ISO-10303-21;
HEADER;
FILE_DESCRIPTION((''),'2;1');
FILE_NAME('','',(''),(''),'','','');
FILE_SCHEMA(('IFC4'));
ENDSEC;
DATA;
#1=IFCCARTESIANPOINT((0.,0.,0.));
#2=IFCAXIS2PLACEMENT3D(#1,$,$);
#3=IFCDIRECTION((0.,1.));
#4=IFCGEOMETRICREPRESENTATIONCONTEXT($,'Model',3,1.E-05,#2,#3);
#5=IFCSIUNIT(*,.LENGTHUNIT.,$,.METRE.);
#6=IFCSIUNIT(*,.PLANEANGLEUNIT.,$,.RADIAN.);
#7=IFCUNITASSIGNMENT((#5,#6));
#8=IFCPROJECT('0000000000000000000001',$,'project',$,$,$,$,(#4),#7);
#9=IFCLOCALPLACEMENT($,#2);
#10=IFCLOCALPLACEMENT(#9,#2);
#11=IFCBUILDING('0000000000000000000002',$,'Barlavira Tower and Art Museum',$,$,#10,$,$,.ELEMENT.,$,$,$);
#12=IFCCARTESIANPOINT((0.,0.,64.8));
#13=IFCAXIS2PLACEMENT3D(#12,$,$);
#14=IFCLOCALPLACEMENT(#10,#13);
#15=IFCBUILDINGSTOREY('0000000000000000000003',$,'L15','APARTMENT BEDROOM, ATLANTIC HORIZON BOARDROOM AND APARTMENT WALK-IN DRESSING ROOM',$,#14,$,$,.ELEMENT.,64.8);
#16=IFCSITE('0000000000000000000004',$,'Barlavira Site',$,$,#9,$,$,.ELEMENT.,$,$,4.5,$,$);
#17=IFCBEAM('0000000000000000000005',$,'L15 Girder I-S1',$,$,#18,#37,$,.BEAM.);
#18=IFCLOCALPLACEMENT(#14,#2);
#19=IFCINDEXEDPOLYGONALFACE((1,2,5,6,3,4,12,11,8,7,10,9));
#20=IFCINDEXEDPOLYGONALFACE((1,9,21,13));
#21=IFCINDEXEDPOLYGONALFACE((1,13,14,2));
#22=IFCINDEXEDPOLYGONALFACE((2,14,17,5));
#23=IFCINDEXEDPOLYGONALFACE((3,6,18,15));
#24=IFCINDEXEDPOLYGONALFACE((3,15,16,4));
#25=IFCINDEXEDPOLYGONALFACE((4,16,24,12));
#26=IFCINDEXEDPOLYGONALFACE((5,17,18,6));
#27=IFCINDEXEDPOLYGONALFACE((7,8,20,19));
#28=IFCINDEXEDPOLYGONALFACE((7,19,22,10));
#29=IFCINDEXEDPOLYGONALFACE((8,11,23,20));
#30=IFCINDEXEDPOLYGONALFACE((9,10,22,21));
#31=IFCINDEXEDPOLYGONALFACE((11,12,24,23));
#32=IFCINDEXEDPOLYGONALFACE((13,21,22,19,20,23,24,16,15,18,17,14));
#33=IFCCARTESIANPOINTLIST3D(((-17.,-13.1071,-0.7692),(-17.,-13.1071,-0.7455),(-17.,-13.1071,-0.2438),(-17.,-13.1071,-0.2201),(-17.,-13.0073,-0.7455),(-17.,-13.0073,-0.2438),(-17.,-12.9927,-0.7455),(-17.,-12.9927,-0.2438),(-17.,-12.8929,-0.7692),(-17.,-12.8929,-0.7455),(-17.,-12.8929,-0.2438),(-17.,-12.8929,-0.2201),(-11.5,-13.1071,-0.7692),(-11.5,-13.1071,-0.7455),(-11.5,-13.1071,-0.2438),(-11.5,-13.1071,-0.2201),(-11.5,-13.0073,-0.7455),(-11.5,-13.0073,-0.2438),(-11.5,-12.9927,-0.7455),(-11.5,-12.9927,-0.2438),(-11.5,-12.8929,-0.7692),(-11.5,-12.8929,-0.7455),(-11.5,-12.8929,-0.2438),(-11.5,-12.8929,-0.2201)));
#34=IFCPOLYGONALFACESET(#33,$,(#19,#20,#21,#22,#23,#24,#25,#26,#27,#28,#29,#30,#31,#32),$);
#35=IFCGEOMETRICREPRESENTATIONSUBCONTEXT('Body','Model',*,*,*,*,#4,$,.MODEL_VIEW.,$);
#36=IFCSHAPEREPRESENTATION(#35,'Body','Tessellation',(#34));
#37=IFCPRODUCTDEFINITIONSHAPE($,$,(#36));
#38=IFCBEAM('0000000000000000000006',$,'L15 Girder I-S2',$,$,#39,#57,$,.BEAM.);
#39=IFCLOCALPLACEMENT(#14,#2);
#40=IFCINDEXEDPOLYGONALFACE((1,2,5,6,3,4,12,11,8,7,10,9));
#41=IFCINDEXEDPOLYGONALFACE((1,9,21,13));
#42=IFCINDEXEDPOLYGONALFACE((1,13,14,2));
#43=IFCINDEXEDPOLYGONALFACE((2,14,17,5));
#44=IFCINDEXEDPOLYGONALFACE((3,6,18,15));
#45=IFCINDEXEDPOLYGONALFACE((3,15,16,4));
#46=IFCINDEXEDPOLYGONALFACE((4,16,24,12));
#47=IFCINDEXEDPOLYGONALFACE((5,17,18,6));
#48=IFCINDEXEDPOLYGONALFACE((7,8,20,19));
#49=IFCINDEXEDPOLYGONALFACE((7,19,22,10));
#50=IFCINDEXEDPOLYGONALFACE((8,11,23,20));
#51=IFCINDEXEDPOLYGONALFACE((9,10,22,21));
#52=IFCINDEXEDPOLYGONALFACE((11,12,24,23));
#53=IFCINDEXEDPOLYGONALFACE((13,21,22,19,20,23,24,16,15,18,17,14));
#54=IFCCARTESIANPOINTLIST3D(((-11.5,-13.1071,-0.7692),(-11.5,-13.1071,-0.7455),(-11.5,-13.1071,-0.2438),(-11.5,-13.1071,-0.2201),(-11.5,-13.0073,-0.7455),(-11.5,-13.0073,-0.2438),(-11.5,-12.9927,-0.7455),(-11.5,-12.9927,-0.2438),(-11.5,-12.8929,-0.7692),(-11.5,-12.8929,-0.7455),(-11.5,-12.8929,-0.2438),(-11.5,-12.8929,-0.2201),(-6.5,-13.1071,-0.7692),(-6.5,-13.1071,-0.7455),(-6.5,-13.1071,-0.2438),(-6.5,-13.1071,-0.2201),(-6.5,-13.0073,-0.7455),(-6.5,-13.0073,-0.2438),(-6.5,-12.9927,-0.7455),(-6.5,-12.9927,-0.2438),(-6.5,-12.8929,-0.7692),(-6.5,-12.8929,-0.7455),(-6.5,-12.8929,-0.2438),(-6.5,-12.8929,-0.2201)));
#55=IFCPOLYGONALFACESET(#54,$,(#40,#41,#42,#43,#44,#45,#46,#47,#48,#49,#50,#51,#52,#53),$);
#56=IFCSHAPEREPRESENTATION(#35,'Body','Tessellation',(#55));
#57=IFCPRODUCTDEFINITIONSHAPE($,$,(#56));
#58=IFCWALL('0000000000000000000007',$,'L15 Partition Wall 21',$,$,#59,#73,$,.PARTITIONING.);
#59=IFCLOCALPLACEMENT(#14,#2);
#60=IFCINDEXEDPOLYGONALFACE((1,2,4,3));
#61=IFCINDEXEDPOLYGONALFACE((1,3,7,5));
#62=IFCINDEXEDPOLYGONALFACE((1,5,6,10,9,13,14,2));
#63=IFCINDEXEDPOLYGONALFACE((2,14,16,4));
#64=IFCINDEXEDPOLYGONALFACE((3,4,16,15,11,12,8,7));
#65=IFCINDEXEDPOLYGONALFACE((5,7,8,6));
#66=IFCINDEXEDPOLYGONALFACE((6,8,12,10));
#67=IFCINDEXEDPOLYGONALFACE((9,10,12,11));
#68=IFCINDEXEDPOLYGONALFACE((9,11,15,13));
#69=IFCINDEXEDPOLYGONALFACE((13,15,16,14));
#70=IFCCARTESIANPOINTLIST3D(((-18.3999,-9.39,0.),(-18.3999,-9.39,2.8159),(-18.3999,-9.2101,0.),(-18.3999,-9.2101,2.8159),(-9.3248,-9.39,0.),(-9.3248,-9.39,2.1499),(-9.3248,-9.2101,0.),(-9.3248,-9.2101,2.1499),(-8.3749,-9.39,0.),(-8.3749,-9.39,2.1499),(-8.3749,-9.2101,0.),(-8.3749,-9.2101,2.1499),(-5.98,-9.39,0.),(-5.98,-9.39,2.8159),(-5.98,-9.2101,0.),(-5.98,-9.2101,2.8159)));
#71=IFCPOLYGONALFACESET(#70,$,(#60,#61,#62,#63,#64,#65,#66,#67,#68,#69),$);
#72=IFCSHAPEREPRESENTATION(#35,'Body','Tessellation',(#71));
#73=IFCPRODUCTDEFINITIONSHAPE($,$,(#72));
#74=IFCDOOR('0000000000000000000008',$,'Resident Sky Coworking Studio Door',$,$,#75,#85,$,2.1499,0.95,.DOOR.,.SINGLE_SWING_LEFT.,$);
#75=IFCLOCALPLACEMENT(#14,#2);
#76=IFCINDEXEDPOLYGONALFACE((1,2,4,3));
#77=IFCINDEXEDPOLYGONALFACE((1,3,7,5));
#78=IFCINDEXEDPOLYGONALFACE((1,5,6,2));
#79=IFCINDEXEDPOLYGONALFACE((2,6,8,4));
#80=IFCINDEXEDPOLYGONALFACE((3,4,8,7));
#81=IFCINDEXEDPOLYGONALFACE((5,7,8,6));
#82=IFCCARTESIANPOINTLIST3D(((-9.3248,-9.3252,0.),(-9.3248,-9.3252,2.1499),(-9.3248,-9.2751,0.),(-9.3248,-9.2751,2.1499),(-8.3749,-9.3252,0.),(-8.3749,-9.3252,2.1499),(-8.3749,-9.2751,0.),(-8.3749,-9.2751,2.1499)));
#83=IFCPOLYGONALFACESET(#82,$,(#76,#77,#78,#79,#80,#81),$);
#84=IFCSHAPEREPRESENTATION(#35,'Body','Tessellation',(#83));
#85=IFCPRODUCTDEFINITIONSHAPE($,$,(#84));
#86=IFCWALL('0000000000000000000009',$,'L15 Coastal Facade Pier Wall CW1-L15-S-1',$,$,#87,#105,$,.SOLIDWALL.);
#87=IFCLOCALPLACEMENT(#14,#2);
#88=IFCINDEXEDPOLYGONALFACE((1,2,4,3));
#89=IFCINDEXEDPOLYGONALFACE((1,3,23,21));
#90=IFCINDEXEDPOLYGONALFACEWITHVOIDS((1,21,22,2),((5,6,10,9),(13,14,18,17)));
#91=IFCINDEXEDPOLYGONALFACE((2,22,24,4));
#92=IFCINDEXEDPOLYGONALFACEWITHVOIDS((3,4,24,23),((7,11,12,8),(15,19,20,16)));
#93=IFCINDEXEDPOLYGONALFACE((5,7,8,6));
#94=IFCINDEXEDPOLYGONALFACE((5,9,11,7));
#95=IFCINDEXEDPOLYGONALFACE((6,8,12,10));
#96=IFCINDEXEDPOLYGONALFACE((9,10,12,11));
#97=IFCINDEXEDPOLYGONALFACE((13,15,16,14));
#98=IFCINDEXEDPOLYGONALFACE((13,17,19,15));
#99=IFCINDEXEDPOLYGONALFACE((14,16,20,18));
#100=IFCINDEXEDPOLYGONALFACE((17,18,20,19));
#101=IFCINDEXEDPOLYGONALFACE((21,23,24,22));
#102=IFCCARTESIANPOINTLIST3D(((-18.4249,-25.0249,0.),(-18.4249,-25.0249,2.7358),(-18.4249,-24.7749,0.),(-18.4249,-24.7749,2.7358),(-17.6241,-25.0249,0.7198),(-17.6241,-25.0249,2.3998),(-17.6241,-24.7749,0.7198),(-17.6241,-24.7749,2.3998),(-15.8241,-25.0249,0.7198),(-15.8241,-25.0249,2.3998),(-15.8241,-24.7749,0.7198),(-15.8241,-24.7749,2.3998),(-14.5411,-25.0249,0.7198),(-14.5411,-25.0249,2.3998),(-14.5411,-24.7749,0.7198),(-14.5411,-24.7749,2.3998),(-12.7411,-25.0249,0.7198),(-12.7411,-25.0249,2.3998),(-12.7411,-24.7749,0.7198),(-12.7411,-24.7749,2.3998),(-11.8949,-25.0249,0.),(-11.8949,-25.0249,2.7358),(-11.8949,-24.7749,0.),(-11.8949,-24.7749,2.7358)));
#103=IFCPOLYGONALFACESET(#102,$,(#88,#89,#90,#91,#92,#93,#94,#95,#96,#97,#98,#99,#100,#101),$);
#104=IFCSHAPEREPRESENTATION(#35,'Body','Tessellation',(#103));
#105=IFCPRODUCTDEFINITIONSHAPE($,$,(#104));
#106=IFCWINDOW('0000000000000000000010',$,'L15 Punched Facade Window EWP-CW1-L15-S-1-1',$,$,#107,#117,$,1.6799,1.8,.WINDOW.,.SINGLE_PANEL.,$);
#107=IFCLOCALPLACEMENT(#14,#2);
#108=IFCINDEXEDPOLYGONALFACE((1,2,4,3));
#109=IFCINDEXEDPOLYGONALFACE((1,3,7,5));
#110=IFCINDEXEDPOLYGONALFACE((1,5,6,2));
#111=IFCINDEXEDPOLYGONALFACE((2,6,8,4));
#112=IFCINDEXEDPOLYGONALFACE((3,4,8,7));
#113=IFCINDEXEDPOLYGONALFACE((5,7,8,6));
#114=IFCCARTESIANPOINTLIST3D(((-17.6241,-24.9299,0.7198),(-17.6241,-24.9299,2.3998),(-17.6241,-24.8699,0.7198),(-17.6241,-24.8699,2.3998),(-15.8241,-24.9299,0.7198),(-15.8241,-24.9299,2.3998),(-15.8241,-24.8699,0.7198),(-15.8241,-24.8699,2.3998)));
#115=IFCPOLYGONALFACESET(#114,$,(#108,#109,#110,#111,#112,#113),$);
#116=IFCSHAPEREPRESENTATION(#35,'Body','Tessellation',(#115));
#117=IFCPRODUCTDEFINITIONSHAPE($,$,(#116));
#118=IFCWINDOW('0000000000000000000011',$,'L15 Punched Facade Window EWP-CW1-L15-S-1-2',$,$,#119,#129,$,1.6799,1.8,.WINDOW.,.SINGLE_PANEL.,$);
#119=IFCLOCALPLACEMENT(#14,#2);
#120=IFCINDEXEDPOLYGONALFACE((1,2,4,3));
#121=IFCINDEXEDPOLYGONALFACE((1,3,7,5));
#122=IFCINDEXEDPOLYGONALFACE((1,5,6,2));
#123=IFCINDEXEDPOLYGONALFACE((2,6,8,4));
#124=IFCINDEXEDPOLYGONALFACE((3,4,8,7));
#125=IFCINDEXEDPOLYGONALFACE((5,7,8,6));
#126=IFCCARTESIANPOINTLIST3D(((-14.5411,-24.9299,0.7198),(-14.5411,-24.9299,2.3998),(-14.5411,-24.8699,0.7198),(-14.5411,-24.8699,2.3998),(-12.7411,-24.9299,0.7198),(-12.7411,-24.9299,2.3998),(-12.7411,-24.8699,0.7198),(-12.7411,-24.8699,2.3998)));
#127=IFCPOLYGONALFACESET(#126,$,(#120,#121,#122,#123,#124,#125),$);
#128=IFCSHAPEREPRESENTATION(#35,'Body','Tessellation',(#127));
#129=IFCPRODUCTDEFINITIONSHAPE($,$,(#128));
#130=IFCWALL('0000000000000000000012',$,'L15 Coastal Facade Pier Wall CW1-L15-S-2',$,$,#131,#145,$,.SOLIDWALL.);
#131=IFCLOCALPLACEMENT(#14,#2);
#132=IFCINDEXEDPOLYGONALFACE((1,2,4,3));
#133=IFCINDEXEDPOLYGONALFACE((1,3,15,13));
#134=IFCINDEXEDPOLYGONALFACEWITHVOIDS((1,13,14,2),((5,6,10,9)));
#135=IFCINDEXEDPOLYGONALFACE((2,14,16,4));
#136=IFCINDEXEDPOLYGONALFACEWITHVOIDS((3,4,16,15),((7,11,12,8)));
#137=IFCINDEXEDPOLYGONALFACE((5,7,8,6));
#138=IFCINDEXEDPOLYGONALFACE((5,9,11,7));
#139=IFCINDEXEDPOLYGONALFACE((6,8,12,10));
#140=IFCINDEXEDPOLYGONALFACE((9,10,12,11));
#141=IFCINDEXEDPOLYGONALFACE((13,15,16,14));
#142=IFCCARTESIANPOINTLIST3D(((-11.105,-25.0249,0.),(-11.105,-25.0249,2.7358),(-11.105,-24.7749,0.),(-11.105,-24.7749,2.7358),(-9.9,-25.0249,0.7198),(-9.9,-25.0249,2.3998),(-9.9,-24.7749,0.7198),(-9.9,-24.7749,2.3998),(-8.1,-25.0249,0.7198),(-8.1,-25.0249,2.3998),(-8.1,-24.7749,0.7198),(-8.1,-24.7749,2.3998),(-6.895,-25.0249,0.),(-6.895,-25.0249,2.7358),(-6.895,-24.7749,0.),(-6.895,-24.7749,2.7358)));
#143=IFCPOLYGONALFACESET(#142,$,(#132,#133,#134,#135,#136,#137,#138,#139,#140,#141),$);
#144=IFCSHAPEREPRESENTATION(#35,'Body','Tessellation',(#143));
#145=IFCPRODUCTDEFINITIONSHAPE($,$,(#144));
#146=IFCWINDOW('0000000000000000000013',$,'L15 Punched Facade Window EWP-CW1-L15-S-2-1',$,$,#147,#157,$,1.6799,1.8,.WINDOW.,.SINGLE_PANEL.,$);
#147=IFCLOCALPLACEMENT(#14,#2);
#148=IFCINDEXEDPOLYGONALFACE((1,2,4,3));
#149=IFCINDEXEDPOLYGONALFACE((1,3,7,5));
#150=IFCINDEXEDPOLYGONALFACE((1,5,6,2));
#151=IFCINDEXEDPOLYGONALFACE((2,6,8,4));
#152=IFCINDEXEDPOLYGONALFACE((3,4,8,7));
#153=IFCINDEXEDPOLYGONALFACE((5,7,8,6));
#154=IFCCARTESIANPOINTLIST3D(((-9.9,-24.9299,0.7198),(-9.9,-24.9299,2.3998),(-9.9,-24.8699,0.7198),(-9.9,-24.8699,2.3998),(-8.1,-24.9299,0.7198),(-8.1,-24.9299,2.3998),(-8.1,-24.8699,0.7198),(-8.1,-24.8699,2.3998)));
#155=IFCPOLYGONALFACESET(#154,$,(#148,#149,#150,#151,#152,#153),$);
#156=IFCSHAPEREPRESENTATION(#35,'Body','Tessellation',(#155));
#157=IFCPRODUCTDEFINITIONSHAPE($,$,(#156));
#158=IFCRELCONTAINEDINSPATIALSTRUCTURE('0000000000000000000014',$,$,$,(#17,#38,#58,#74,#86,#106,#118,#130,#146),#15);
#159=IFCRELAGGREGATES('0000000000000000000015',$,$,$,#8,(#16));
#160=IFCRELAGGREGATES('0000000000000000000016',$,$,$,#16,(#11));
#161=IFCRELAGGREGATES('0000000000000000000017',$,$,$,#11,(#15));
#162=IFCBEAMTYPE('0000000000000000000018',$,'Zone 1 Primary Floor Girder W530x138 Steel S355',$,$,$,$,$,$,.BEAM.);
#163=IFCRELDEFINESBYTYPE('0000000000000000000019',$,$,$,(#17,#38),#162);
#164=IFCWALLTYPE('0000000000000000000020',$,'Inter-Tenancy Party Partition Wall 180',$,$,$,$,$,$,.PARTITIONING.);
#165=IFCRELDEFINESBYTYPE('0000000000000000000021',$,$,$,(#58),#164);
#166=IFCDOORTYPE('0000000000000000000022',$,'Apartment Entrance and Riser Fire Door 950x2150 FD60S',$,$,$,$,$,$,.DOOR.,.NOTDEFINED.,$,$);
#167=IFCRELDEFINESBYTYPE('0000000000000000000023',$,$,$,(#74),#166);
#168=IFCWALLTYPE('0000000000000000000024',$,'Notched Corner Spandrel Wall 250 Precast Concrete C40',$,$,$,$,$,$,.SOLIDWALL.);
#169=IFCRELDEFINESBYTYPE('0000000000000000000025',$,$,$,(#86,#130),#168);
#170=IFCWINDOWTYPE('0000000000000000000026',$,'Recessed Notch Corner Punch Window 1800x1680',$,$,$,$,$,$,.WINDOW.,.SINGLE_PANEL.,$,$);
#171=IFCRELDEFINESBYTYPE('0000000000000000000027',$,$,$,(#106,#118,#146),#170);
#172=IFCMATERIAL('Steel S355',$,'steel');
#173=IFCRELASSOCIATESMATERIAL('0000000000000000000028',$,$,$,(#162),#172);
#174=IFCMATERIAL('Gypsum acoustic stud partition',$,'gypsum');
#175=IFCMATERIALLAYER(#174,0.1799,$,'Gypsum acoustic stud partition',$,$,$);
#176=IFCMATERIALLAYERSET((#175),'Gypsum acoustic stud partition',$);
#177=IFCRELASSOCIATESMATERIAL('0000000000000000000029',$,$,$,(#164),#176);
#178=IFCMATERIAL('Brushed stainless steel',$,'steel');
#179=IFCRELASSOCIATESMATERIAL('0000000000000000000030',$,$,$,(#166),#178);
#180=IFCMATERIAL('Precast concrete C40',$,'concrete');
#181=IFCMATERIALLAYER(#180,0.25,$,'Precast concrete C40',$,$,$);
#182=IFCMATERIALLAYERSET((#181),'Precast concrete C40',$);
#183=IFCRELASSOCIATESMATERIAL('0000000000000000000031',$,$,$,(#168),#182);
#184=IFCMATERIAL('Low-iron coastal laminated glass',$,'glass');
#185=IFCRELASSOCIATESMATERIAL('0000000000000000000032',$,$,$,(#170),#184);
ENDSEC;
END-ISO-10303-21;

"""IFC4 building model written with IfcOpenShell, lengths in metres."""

from ifc_helpers import new_model, si_unit, direction, frame, frame_2d, origin, origin_2d, place, context, subcontext, project, spatial, rectangle, i_section, extrude, material, layer, layer_set, material_profile, profile_set, type_object, element, fill, save


model = new_model("IFC4")

# Units and contexts
model_context = context("Model", 3, precision=1e-05, world=origin(), true_north=direction((0.0, 1.0)))
body_context = subcontext(model_context, "Body", "Model", "MODEL_VIEW")
ifc_project = project(units=[si_unit("LENGTHUNIT", "METRE"), si_unit("PLANEANGLEUNIT", "RADIAN")], contexts=[model_context])

# Site, building, storey
site_placement = place(None, origin())
site = spatial("IfcSite", under=ifc_project, at=site_placement, Name="Barlavira Site", CompositionType="ELEMENT", RefElevation=4.5)
building_placement = place(site_placement, origin())
building = spatial("IfcBuilding", under=site, at=building_placement, Name="Barlavira Tower and Art Museum", CompositionType="ELEMENT")
storey_placement = place(building_placement, frame((0.0, 0.0, 64.8)))
storey = spatial("IfcBuildingStorey", under=building, at=storey_placement, Name="L15", Description="APARTMENT BEDROOM, ATLANTIC HORIZON BOARDROOM AND APARTMENT WALK-IN DRESSING ROOM", CompositionType="ELEMENT", Elevation=64.8)

# Beams
ifc_material_1 = material(Name="Steel S355", Category="steel")
ifc_material_profile_1 = material_profile(ifc_material_1, i_section(OverallWidth=0.2141, OverallDepth=0.5491, WebThickness=0.0146, FlangeThickness=0.0237, at=origin_2d()), Name="W530x138.0")
ifc_profile_set_1 = profile_set([ifc_material_profile_1], Name="Steel S355")
beam_type_1 = type_object("IfcBeamType", Name="Zone 1 Primary Floor Girder W530x138 Steel S355", PredefinedType="BEAM", material=ifc_profile_set_1)
for number, where, z_axis, x_axis, name in (
    (1, (-17.0, -13.0, -0.4946), (1.0, 0.0, 0.0), (0.0, 1.0, 0.0), "L15 Girder I-S1"),
):
    element("IfcBeam", number, at=place(storey_placement, frame(where, z_axis=z_axis, x_axis=x_axis)), inside=storey, type_object=beam_type_1, Name=name, PredefinedType="BEAM", context=body_context, shape_type="SweptSolid", body=[
        extrude(i_section(OverallWidth=0.2141, OverallDepth=0.5491, WebThickness=0.0146, FlangeThickness=0.0237, at=origin_2d()), origin(), (0.0, 0.0, 1.0), 5.5),
    ])
beam_1_placement = place(storey_placement, frame((-11.5, -13.0, -0.4946), z_axis=(1.0, 0.0, 0.0), x_axis=(0.0, 1.0, 0.0)))
element("IfcBeam", 2, at=beam_1_placement, inside=storey, type_object=beam_type_1, Name="L15 Girder I-S2", PredefinedType="BEAM", context=body_context, shape_type="SweptSolid", body=[
    extrude(i_section(OverallWidth=0.2141, OverallDepth=0.5491, WebThickness=0.0146, FlangeThickness=0.0237, at=origin_2d()), origin(), (0.0, 0.0, 1.0), 5.0),
])

# Wall, opening, door
ifc_material_2 = material(Name="Gypsum acoustic stud partition", Category="gypsum")
ifc_layer_1 = layer(ifc_material_2, 0.1799, Name="Gypsum acoustic stud partition")
ifc_layer_set_1 = layer_set([ifc_layer_1], Name="Gypsum acoustic stud partition")
wall_type_1 = type_object("IfcWallType", Name="Inter-Tenancy Party Partition Wall 180", PredefinedType="PARTITIONING", material=ifc_layer_set_1)
wall_1_placement = place(storey_placement, frame((-18.3999, -9.3, 0.0), z_axis=(0.0, 0.0, 1.0), x_axis=(1.0, 0.0, 0.0)))
wall_1 = element("IfcWall", 3, at=wall_1_placement, inside=storey, type_object=wall_type_1, Name="L15 Partition Wall 21", PredefinedType="PARTITIONING", context=body_context, shape_type="SweptSolid", body=[
    extrude(rectangle(XDim=12.4199, YDim=0.1799, at=frame_2d((6.21, 0.0))), origin(), (0.0, 0.0, 1.0), 2.8159),
])
opening_1_placement = place(wall_1_placement, frame((9.075, 0.0, 0.0)))
opening_1 = element("IfcOpeningElement", 4, at=opening_1_placement, cuts=wall_1, PredefinedType="OPENING", context=body_context, shape_type="SweptSolid", body=[
    extrude(rectangle(XDim=0.95, YDim=2.1499, at=frame_2d((0.4751, 1.075))), frame((0.0, 0.1001, 0.0), z_axis=(0.0, -1.0, 0.0), x_axis=(1.0, 0.0, 0.0)), (0.0, 0.0, 1.0), 0.2),
])
ifc_material_3 = material(Name="Brushed stainless steel", Category="steel")
door_type = type_object("IfcDoorType", Name="Apartment Entrance and Riser Fire Door 950x2150 FD60S", OperationType="NOTDEFINED", PredefinedType="DOOR", material=ifc_material_3)
door_placement = place(opening_1_placement, origin())
door = element("IfcDoor", 5, at=door_placement, inside=storey, type_object=door_type, Name="Resident Sky Coworking Studio Door", OperationType="SINGLE_SWING_LEFT", OverallHeight=2.1499, OverallWidth=0.95, PredefinedType="DOOR", context=body_context, shape_type="SweptSolid", body=[
    extrude(rectangle(XDim=0.95, YDim=2.1499, at=frame_2d((0.4751, 1.075))), frame((0.0, 0.0249, 0.0), z_axis=(0.0, -1.0, 0.0), x_axis=(1.0, 0.0, 0.0)), (0.0, 0.0, 1.0), 0.05),
])
fill(opening_1, door)

# Wall, openings, windows
ifc_material_4 = material(Name="Precast concrete C40", Category="concrete")
ifc_layer_2 = layer(ifc_material_4, 0.25, Name="Precast concrete C40")
ifc_layer_set_2 = layer_set([ifc_layer_2], Name="Precast concrete C40")
wall_type_2 = type_object("IfcWallType", Name="Notched Corner Spandrel Wall 250 Precast Concrete C40", PredefinedType="SOLIDWALL", material=ifc_layer_set_2)
wall_2_placement = place(storey_placement, frame((-18.425, -24.8999, 0.0), z_axis=(0.0, 0.0, 1.0), x_axis=(1.0, 0.0, 0.0)))
wall_2 = element("IfcWall", 6, at=wall_2_placement, inside=storey, type_object=wall_type_2, Name="L15 Coastal Facade Pier Wall CW1-L15-S-1", PredefinedType="SOLIDWALL", context=body_context, shape_type="SweptSolid", body=[
    extrude(rectangle(XDim=6.53, YDim=0.25, at=frame_2d((3.2651, 0.0))), origin(), (0.0, 0.0, 1.0), 2.7358),
])
opening_2_placement = place(wall_2_placement, frame((0.801, 0.0, 0.72)))
opening_2 = element("IfcOpeningElement", 7, at=opening_2_placement, cuts=wall_2, PredefinedType="OPENING", context=body_context, shape_type="SweptSolid", body=[
    extrude(rectangle(XDim=1.8, YDim=1.6799, at=frame_2d((0.8999, 0.8398))), frame((0.0, 0.135, 0.0), z_axis=(0.0, -1.0, 0.0), x_axis=(1.0, 0.0, 0.0)), (0.0, 0.0, 1.0), 0.27),
])
opening_3_placement = place(wall_2_placement, frame((3.884, 0.0, 0.72)))
opening_3 = element("IfcOpeningElement", 8, at=opening_3_placement, cuts=wall_2, PredefinedType="OPENING", context=body_context, shape_type="SweptSolid", body=[
    extrude(rectangle(XDim=1.8, YDim=1.6799, at=frame_2d((0.8999, 0.8398))), frame((0.0, 0.135, 0.0), z_axis=(0.0, -1.0, 0.0), x_axis=(1.0, 0.0, 0.0)), (0.0, 0.0, 1.0), 0.27),
])
ifc_material_5 = material(Name="Low-iron coastal laminated glass", Category="glass")
window_type = type_object("IfcWindowType", Name="Recessed Notch Corner Punch Window 1800x1680", PartitioningType="SINGLE_PANEL", PredefinedType="WINDOW", material=ifc_material_5)
window_1_placement = place(opening_2_placement, origin())
window_1 = element("IfcWindow", 9, at=window_1_placement, inside=storey, type_object=window_type, Name="L15 Punched Facade Window EWP-CW1-L15-S-1-1", OverallHeight=1.6799, OverallWidth=1.8, PartitioningType="SINGLE_PANEL", PredefinedType="WINDOW", context=body_context, shape_type="SweptSolid", body=[
    extrude(rectangle(XDim=1.8, YDim=1.6799, at=frame_2d((0.8999, 0.8398))), frame((0.0, 0.03, 0.0), z_axis=(0.0, -1.0, 0.0), x_axis=(1.0, 0.0, 0.0)), (0.0, 0.0, 1.0), 0.0601),
])
fill(opening_2, window_1)
window_2_placement = place(opening_3_placement, origin())
window_2 = element("IfcWindow", 10, at=window_2_placement, inside=storey, type_object=window_type, Name="L15 Punched Facade Window EWP-CW1-L15-S-1-2", OverallHeight=1.6799, OverallWidth=1.8, PartitioningType="SINGLE_PANEL", PredefinedType="WINDOW", context=body_context, shape_type="SweptSolid", body=[
    extrude(rectangle(XDim=1.8, YDim=1.6799, at=frame_2d((0.8999, 0.8398))), frame((0.0, 0.03, 0.0), z_axis=(0.0, -1.0, 0.0), x_axis=(1.0, 0.0, 0.0)), (0.0, 0.0, 1.0), 0.0601),
])
fill(opening_3, window_2)

# Wall, opening, window
wall_3_placement = place(storey_placement, frame((-11.105, -24.8999, 0.0), z_axis=(0.0, 0.0, 1.0), x_axis=(1.0, 0.0, 0.0)))
wall_3 = element("IfcWall", 11, at=wall_3_placement, inside=storey, type_object=wall_type_2, Name="L15 Coastal Facade Pier Wall CW1-L15-S-2", PredefinedType="SOLIDWALL", context=body_context, shape_type="SweptSolid", body=[
    extrude(rectangle(XDim=4.21, YDim=0.25, at=frame_2d((2.105, 0.0))), origin(), (0.0, 0.0, 1.0), 2.7358),
])
opening_4_placement = place(wall_3_placement, frame((1.2051, 0.0, 0.72)))
opening_4 = element("IfcOpeningElement", 12, at=opening_4_placement, cuts=wall_3, PredefinedType="OPENING", context=body_context, shape_type="SweptSolid", body=[
    extrude(rectangle(XDim=1.8, YDim=1.6799, at=frame_2d((0.8999, 0.8398))), frame((0.0, 0.135, 0.0), z_axis=(0.0, -1.0, 0.0), x_axis=(1.0, 0.0, 0.0)), (0.0, 0.0, 1.0), 0.27),
])
window_3_placement = place(opening_4_placement, origin())
window_3 = element("IfcWindow", 13, at=window_3_placement, inside=storey, type_object=window_type, Name="L15 Punched Facade Window EWP-CW1-L15-S-2-1", OverallHeight=1.6799, OverallWidth=1.8, PartitioningType="SINGLE_PANEL", PredefinedType="WINDOW", context=body_context, shape_type="SweptSolid", body=[
    extrude(rectangle(XDim=1.8, YDim=1.6799, at=frame_2d((0.8999, 0.8398))), frame((0.0, 0.03, 0.0), z_axis=(0.0, -1.0, 0.0), x_axis=(1.0, 0.0, 0.0)), (0.0, 0.0, 1.0), 0.0601),
])
fill(opening_4, window_3)

save(model, "model.ifc")
